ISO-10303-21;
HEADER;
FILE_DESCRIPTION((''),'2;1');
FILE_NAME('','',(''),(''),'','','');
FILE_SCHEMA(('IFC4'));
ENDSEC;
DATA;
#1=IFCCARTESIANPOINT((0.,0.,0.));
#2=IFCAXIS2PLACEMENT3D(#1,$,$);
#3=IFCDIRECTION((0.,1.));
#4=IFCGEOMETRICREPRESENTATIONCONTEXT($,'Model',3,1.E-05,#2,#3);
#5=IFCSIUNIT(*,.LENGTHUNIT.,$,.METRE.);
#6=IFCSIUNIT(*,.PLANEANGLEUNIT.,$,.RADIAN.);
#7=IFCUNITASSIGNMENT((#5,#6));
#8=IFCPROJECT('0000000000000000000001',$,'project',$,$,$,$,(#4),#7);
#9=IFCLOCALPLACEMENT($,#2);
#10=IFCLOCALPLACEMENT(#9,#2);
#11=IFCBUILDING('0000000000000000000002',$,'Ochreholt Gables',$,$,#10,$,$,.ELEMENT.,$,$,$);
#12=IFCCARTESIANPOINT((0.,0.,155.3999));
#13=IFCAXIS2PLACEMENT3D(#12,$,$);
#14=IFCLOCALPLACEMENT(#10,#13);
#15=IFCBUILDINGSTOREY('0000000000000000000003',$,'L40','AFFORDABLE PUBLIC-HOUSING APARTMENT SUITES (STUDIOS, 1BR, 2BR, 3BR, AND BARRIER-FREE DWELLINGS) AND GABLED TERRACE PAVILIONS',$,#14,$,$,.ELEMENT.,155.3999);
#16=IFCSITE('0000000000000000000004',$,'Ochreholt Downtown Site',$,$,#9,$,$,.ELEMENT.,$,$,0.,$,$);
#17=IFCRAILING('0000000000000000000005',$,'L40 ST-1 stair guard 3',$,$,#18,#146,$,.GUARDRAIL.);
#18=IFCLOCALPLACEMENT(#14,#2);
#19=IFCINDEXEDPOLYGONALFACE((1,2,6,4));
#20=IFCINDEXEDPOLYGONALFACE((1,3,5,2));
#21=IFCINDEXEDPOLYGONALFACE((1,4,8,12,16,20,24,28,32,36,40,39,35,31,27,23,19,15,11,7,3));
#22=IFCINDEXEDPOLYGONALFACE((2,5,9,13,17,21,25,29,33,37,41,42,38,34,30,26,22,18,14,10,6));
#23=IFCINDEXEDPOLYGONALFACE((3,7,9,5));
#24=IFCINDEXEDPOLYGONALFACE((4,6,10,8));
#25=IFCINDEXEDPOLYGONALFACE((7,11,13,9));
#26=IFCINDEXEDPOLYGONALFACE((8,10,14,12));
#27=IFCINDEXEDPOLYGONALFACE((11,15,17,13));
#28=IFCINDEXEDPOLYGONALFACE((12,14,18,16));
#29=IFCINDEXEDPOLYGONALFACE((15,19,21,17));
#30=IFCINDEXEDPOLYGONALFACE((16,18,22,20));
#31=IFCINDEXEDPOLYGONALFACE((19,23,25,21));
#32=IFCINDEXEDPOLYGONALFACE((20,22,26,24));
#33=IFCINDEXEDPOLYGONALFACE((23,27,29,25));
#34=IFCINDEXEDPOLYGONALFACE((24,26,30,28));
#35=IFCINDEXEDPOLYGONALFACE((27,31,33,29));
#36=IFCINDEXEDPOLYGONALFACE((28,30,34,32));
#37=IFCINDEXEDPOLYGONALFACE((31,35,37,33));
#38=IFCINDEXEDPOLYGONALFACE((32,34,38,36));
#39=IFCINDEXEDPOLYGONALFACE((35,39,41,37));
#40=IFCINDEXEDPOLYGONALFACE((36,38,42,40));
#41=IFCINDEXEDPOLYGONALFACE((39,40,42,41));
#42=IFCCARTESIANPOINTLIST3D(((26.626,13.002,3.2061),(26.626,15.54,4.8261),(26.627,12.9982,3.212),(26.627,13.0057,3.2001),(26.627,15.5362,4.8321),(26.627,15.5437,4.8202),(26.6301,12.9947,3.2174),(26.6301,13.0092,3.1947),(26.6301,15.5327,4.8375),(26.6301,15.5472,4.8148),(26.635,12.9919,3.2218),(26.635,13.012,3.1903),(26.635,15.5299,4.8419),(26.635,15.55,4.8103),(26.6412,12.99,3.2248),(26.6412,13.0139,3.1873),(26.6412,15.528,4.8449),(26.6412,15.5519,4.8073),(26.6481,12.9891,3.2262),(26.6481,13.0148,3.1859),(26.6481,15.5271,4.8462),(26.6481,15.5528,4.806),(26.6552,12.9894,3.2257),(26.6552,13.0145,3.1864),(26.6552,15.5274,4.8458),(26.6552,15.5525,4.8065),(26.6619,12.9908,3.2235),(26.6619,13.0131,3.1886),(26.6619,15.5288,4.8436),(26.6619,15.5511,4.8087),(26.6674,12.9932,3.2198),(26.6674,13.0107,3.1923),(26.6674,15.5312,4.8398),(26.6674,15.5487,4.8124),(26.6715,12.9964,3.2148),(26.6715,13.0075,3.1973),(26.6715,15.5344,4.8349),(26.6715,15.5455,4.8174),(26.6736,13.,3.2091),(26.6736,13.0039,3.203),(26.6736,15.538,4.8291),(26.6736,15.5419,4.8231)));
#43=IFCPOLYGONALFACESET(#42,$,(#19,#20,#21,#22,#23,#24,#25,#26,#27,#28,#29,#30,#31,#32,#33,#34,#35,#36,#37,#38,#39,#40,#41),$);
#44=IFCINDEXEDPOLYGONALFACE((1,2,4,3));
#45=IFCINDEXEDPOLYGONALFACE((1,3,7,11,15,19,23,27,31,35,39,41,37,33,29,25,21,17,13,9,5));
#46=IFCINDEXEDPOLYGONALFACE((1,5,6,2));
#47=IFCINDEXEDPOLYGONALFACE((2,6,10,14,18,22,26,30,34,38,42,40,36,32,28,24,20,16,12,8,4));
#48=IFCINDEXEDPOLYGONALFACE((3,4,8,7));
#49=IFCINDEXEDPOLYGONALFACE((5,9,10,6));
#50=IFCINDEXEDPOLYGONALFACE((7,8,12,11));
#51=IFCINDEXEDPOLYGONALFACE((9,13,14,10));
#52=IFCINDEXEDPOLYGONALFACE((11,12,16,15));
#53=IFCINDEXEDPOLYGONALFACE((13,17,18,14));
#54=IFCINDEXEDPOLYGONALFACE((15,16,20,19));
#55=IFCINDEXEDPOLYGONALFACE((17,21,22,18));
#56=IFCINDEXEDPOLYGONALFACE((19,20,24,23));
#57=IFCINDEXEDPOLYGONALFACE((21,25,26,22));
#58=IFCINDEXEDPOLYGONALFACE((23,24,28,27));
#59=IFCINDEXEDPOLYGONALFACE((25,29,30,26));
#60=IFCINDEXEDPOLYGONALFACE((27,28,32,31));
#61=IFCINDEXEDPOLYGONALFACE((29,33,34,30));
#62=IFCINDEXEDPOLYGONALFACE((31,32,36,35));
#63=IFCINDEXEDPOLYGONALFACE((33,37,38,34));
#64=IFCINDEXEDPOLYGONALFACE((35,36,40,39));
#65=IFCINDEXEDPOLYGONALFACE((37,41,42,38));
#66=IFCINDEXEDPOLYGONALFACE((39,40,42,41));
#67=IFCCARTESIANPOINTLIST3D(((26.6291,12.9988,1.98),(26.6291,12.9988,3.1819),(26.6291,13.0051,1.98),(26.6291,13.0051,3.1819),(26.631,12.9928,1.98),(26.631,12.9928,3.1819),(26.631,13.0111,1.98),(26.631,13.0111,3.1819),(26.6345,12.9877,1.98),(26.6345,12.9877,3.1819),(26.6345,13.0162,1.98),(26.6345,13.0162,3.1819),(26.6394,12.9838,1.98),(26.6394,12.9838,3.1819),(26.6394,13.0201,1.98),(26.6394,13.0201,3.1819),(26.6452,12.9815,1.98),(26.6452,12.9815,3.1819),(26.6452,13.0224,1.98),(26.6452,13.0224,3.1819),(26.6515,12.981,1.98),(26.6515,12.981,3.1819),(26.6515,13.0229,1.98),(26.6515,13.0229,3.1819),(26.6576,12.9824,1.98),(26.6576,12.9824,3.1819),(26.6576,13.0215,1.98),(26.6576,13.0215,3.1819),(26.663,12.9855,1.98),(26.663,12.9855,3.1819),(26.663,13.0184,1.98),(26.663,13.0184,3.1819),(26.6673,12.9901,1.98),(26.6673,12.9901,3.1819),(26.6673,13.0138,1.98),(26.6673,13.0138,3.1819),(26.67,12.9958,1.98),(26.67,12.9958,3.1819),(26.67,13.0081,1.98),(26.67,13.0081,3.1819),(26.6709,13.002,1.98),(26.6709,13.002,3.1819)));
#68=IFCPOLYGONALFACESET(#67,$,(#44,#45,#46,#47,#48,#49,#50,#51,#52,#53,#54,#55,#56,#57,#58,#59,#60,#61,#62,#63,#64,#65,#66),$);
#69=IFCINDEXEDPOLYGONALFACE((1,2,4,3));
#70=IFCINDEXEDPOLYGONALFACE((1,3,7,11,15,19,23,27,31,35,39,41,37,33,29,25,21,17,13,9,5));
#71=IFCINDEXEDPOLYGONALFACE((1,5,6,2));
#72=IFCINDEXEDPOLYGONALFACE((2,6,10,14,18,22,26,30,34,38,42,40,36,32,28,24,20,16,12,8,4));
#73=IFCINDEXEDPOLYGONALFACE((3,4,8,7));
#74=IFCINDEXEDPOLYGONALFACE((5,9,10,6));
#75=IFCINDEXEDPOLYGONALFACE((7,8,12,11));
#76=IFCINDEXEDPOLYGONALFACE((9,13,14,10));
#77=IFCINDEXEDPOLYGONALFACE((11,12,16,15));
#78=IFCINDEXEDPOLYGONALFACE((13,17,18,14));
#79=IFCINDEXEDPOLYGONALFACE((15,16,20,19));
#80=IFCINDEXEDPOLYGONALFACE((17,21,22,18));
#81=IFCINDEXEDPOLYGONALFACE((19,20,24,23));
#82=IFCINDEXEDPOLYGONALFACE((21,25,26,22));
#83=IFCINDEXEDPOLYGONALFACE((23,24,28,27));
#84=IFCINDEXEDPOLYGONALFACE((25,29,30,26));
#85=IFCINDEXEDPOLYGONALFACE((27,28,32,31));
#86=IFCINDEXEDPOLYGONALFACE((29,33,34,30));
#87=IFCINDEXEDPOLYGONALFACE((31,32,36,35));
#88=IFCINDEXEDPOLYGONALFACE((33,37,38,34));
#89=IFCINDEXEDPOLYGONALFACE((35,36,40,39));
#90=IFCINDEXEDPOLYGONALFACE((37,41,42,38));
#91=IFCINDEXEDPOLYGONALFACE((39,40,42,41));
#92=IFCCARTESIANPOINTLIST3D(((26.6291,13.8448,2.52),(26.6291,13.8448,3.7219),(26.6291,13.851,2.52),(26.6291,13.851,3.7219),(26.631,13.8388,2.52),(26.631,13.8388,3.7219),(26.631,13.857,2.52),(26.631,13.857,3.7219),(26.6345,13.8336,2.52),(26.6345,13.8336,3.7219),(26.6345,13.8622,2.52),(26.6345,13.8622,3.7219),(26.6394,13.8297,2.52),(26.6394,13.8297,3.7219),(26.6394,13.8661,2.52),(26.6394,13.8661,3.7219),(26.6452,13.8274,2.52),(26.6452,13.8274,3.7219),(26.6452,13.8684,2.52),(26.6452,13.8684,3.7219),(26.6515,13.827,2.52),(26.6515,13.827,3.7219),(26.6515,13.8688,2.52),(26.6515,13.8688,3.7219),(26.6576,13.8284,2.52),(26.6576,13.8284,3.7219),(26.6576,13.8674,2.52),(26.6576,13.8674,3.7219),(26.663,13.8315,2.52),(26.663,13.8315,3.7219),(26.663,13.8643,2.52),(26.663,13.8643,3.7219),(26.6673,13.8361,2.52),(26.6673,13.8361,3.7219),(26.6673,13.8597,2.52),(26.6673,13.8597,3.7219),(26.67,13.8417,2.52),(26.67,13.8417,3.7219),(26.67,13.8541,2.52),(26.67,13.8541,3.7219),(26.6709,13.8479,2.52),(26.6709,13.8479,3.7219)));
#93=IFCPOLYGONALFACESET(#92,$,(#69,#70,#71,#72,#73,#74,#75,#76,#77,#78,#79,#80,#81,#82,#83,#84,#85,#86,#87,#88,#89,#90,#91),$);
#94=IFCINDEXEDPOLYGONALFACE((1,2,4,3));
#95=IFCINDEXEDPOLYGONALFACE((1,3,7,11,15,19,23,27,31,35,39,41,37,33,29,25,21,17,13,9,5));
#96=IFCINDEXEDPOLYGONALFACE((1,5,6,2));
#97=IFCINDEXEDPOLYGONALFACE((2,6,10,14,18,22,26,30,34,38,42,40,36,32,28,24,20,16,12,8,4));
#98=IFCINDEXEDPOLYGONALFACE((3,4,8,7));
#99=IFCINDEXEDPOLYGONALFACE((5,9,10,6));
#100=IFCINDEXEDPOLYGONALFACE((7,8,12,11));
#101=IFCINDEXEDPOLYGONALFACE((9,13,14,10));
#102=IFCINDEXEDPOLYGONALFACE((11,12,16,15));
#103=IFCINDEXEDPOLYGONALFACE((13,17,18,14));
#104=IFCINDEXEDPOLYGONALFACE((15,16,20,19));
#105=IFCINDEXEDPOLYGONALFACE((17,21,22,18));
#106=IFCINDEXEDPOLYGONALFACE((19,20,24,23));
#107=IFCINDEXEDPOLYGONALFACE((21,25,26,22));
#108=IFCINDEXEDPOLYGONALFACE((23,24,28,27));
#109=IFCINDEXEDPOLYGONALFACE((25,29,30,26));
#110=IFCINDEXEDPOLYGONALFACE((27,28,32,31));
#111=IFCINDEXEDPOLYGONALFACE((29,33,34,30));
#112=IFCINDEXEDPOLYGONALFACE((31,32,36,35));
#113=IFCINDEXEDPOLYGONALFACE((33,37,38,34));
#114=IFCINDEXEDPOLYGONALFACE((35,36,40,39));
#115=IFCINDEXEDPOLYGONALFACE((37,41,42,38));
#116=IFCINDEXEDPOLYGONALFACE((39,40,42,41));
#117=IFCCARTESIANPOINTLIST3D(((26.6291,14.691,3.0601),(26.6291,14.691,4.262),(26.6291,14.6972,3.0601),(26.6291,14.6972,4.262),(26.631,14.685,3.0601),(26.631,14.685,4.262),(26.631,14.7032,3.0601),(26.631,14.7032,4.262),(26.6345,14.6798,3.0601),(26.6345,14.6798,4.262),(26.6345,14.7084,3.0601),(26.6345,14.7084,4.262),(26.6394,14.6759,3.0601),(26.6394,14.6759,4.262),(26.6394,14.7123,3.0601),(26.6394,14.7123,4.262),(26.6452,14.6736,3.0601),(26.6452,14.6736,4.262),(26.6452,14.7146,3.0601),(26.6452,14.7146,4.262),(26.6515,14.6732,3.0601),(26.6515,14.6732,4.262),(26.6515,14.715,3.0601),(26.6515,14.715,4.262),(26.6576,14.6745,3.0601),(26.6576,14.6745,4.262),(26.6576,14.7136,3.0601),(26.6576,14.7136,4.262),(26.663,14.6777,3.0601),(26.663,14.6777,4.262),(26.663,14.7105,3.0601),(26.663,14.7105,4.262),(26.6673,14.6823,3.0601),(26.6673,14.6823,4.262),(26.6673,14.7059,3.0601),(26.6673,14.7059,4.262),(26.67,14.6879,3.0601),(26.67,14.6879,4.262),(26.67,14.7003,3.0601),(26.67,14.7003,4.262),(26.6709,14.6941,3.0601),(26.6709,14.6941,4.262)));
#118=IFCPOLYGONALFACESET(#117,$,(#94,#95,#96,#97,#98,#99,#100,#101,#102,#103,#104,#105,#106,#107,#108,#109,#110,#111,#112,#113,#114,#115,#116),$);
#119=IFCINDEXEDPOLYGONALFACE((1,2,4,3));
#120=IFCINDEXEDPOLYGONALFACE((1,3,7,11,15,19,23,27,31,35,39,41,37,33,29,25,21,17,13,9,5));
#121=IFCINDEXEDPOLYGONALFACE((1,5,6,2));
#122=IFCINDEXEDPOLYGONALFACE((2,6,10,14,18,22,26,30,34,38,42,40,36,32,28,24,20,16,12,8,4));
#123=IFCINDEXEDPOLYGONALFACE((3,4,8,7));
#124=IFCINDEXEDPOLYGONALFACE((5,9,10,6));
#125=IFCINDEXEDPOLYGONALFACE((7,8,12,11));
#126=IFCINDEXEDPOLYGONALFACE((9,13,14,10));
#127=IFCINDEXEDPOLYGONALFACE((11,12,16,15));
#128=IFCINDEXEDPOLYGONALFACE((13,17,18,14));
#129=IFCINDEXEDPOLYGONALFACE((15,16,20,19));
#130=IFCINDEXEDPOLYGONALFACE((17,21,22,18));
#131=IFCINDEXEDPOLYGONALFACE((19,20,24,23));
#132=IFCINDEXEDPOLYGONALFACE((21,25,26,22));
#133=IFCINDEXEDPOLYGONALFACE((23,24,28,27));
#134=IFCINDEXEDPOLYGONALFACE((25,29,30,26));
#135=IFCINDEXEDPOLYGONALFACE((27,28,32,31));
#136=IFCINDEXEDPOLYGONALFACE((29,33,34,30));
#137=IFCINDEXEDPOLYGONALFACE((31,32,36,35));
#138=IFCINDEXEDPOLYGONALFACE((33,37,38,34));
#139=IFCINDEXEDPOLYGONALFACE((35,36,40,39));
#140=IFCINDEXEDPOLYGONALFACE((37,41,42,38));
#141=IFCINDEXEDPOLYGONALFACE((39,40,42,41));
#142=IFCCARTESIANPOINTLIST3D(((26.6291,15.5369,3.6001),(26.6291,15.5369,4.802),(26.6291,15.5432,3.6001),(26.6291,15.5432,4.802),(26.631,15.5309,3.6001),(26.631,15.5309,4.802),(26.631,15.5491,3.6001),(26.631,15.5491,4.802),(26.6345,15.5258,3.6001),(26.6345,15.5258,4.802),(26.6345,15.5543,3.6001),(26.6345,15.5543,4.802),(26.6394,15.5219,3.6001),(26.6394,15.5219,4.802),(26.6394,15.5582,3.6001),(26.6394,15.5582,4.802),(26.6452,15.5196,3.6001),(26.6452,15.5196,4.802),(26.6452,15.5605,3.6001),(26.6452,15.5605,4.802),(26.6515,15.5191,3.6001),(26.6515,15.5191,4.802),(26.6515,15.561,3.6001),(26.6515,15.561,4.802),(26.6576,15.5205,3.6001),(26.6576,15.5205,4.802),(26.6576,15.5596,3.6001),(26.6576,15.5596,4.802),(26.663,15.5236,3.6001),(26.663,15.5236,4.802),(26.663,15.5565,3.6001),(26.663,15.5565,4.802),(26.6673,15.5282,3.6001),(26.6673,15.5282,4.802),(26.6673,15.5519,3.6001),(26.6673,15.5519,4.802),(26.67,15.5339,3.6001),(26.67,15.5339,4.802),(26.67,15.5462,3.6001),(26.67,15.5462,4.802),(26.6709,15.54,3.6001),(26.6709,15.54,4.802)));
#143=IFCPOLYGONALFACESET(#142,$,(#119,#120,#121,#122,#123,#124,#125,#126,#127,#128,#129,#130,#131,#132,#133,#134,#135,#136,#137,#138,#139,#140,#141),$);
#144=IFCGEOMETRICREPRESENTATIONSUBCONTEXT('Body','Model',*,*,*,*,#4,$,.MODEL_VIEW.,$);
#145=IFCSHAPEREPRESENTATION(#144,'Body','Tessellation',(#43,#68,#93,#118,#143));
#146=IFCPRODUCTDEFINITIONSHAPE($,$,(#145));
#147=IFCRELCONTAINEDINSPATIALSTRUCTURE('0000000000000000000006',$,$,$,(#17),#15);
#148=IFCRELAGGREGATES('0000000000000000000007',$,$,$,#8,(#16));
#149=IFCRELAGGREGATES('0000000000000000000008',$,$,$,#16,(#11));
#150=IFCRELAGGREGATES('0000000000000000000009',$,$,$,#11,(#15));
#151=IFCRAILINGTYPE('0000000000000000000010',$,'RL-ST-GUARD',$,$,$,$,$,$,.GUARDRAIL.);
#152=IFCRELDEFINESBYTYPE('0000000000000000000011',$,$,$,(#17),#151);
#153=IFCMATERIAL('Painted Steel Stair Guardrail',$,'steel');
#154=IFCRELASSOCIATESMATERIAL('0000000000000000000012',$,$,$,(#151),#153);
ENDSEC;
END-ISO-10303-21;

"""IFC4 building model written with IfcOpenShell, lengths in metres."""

from ifc_helpers import new_model, si_unit, direction, frame, origin, origin_2d, place, context, subcontext, project, spatial, circle, extrude, material, type_object, element, save


model = new_model("IFC4")

# Units and contexts
model_context = context("Model", 3, precision=1e-05, world=origin(), true_north=direction((0.0, 1.0)))
body_context = subcontext(model_context, "Body", "Model", "MODEL_VIEW")
ifc_project = project(units=[si_unit("LENGTHUNIT", "METRE"), si_unit("PLANEANGLEUNIT", "RADIAN")], contexts=[model_context])

# Site, building, storey
site_placement = place(None, origin())
site = spatial("IfcSite", under=ifc_project, at=site_placement, Name="Ochreholt Downtown Site", CompositionType="ELEMENT", RefElevation=0.0)
building_placement = place(site_placement, origin())
building = spatial("IfcBuilding", under=site, at=building_placement, Name="Ochreholt Gables", CompositionType="ELEMENT")
storey_placement = place(building_placement, frame((0.0, 0.0, 155.3999)))
storey = spatial("IfcBuildingStorey", under=building, at=storey_placement, Name="L40", Description="AFFORDABLE PUBLIC-HOUSING APARTMENT SUITES (STUDIOS, 1BR, 2BR, 3BR, AND BARRIER-FREE DWELLINGS) AND GABLED TERRACE PAVILIONS", CompositionType="ELEMENT", Elevation=155.3999)

# Railing
ifc_material_1 = material(Name="Painted Steel Stair Guardrail", Category="steel")
railing_type_1 = type_object("IfcRailingType", Name="RL-ST-GUARD", PredefinedType="GUARDRAIL", material=ifc_material_1)
railing_1_placement = place(storey_placement, frame((26.6499, 13.002, 1.98)))
element("IfcRailing", 1, at=railing_1_placement, inside=storey, type_object=railing_type_1, Name="L40 ST-1 stair guard 3", PredefinedType="GUARDRAIL", context=body_context, shape_type="SweptSolid", body=[
    extrude(circle(Radius=0.0239, at=origin_2d()), frame((0.0, 0.0, 1.2261), z_axis=(0.0, 0.842913, 0.53805), x_axis=(-1.0, 0.0, 0.0)), (0.0, 0.0, 1.0), 3.011),
    extrude(circle(Radius=0.021, at=origin_2d()), origin(), (0.0, 0.0, 1.0), 1.2019),
    extrude(circle(Radius=0.021, at=origin_2d()), frame((0.0, 0.8459, 0.54)), (0.0, 0.0, 1.0), 1.2019),
    extrude(circle(Radius=0.021, at=origin_2d()), frame((0.0, 1.6921, 1.0801)), (0.0, 0.0, 1.0), 1.2019),
    extrude(circle(Radius=0.021, at=origin_2d()), frame((0.0, 2.5381, 1.6201)), (0.0, 0.0, 1.0), 1.2019),
])

save(model, "model.ifc")
